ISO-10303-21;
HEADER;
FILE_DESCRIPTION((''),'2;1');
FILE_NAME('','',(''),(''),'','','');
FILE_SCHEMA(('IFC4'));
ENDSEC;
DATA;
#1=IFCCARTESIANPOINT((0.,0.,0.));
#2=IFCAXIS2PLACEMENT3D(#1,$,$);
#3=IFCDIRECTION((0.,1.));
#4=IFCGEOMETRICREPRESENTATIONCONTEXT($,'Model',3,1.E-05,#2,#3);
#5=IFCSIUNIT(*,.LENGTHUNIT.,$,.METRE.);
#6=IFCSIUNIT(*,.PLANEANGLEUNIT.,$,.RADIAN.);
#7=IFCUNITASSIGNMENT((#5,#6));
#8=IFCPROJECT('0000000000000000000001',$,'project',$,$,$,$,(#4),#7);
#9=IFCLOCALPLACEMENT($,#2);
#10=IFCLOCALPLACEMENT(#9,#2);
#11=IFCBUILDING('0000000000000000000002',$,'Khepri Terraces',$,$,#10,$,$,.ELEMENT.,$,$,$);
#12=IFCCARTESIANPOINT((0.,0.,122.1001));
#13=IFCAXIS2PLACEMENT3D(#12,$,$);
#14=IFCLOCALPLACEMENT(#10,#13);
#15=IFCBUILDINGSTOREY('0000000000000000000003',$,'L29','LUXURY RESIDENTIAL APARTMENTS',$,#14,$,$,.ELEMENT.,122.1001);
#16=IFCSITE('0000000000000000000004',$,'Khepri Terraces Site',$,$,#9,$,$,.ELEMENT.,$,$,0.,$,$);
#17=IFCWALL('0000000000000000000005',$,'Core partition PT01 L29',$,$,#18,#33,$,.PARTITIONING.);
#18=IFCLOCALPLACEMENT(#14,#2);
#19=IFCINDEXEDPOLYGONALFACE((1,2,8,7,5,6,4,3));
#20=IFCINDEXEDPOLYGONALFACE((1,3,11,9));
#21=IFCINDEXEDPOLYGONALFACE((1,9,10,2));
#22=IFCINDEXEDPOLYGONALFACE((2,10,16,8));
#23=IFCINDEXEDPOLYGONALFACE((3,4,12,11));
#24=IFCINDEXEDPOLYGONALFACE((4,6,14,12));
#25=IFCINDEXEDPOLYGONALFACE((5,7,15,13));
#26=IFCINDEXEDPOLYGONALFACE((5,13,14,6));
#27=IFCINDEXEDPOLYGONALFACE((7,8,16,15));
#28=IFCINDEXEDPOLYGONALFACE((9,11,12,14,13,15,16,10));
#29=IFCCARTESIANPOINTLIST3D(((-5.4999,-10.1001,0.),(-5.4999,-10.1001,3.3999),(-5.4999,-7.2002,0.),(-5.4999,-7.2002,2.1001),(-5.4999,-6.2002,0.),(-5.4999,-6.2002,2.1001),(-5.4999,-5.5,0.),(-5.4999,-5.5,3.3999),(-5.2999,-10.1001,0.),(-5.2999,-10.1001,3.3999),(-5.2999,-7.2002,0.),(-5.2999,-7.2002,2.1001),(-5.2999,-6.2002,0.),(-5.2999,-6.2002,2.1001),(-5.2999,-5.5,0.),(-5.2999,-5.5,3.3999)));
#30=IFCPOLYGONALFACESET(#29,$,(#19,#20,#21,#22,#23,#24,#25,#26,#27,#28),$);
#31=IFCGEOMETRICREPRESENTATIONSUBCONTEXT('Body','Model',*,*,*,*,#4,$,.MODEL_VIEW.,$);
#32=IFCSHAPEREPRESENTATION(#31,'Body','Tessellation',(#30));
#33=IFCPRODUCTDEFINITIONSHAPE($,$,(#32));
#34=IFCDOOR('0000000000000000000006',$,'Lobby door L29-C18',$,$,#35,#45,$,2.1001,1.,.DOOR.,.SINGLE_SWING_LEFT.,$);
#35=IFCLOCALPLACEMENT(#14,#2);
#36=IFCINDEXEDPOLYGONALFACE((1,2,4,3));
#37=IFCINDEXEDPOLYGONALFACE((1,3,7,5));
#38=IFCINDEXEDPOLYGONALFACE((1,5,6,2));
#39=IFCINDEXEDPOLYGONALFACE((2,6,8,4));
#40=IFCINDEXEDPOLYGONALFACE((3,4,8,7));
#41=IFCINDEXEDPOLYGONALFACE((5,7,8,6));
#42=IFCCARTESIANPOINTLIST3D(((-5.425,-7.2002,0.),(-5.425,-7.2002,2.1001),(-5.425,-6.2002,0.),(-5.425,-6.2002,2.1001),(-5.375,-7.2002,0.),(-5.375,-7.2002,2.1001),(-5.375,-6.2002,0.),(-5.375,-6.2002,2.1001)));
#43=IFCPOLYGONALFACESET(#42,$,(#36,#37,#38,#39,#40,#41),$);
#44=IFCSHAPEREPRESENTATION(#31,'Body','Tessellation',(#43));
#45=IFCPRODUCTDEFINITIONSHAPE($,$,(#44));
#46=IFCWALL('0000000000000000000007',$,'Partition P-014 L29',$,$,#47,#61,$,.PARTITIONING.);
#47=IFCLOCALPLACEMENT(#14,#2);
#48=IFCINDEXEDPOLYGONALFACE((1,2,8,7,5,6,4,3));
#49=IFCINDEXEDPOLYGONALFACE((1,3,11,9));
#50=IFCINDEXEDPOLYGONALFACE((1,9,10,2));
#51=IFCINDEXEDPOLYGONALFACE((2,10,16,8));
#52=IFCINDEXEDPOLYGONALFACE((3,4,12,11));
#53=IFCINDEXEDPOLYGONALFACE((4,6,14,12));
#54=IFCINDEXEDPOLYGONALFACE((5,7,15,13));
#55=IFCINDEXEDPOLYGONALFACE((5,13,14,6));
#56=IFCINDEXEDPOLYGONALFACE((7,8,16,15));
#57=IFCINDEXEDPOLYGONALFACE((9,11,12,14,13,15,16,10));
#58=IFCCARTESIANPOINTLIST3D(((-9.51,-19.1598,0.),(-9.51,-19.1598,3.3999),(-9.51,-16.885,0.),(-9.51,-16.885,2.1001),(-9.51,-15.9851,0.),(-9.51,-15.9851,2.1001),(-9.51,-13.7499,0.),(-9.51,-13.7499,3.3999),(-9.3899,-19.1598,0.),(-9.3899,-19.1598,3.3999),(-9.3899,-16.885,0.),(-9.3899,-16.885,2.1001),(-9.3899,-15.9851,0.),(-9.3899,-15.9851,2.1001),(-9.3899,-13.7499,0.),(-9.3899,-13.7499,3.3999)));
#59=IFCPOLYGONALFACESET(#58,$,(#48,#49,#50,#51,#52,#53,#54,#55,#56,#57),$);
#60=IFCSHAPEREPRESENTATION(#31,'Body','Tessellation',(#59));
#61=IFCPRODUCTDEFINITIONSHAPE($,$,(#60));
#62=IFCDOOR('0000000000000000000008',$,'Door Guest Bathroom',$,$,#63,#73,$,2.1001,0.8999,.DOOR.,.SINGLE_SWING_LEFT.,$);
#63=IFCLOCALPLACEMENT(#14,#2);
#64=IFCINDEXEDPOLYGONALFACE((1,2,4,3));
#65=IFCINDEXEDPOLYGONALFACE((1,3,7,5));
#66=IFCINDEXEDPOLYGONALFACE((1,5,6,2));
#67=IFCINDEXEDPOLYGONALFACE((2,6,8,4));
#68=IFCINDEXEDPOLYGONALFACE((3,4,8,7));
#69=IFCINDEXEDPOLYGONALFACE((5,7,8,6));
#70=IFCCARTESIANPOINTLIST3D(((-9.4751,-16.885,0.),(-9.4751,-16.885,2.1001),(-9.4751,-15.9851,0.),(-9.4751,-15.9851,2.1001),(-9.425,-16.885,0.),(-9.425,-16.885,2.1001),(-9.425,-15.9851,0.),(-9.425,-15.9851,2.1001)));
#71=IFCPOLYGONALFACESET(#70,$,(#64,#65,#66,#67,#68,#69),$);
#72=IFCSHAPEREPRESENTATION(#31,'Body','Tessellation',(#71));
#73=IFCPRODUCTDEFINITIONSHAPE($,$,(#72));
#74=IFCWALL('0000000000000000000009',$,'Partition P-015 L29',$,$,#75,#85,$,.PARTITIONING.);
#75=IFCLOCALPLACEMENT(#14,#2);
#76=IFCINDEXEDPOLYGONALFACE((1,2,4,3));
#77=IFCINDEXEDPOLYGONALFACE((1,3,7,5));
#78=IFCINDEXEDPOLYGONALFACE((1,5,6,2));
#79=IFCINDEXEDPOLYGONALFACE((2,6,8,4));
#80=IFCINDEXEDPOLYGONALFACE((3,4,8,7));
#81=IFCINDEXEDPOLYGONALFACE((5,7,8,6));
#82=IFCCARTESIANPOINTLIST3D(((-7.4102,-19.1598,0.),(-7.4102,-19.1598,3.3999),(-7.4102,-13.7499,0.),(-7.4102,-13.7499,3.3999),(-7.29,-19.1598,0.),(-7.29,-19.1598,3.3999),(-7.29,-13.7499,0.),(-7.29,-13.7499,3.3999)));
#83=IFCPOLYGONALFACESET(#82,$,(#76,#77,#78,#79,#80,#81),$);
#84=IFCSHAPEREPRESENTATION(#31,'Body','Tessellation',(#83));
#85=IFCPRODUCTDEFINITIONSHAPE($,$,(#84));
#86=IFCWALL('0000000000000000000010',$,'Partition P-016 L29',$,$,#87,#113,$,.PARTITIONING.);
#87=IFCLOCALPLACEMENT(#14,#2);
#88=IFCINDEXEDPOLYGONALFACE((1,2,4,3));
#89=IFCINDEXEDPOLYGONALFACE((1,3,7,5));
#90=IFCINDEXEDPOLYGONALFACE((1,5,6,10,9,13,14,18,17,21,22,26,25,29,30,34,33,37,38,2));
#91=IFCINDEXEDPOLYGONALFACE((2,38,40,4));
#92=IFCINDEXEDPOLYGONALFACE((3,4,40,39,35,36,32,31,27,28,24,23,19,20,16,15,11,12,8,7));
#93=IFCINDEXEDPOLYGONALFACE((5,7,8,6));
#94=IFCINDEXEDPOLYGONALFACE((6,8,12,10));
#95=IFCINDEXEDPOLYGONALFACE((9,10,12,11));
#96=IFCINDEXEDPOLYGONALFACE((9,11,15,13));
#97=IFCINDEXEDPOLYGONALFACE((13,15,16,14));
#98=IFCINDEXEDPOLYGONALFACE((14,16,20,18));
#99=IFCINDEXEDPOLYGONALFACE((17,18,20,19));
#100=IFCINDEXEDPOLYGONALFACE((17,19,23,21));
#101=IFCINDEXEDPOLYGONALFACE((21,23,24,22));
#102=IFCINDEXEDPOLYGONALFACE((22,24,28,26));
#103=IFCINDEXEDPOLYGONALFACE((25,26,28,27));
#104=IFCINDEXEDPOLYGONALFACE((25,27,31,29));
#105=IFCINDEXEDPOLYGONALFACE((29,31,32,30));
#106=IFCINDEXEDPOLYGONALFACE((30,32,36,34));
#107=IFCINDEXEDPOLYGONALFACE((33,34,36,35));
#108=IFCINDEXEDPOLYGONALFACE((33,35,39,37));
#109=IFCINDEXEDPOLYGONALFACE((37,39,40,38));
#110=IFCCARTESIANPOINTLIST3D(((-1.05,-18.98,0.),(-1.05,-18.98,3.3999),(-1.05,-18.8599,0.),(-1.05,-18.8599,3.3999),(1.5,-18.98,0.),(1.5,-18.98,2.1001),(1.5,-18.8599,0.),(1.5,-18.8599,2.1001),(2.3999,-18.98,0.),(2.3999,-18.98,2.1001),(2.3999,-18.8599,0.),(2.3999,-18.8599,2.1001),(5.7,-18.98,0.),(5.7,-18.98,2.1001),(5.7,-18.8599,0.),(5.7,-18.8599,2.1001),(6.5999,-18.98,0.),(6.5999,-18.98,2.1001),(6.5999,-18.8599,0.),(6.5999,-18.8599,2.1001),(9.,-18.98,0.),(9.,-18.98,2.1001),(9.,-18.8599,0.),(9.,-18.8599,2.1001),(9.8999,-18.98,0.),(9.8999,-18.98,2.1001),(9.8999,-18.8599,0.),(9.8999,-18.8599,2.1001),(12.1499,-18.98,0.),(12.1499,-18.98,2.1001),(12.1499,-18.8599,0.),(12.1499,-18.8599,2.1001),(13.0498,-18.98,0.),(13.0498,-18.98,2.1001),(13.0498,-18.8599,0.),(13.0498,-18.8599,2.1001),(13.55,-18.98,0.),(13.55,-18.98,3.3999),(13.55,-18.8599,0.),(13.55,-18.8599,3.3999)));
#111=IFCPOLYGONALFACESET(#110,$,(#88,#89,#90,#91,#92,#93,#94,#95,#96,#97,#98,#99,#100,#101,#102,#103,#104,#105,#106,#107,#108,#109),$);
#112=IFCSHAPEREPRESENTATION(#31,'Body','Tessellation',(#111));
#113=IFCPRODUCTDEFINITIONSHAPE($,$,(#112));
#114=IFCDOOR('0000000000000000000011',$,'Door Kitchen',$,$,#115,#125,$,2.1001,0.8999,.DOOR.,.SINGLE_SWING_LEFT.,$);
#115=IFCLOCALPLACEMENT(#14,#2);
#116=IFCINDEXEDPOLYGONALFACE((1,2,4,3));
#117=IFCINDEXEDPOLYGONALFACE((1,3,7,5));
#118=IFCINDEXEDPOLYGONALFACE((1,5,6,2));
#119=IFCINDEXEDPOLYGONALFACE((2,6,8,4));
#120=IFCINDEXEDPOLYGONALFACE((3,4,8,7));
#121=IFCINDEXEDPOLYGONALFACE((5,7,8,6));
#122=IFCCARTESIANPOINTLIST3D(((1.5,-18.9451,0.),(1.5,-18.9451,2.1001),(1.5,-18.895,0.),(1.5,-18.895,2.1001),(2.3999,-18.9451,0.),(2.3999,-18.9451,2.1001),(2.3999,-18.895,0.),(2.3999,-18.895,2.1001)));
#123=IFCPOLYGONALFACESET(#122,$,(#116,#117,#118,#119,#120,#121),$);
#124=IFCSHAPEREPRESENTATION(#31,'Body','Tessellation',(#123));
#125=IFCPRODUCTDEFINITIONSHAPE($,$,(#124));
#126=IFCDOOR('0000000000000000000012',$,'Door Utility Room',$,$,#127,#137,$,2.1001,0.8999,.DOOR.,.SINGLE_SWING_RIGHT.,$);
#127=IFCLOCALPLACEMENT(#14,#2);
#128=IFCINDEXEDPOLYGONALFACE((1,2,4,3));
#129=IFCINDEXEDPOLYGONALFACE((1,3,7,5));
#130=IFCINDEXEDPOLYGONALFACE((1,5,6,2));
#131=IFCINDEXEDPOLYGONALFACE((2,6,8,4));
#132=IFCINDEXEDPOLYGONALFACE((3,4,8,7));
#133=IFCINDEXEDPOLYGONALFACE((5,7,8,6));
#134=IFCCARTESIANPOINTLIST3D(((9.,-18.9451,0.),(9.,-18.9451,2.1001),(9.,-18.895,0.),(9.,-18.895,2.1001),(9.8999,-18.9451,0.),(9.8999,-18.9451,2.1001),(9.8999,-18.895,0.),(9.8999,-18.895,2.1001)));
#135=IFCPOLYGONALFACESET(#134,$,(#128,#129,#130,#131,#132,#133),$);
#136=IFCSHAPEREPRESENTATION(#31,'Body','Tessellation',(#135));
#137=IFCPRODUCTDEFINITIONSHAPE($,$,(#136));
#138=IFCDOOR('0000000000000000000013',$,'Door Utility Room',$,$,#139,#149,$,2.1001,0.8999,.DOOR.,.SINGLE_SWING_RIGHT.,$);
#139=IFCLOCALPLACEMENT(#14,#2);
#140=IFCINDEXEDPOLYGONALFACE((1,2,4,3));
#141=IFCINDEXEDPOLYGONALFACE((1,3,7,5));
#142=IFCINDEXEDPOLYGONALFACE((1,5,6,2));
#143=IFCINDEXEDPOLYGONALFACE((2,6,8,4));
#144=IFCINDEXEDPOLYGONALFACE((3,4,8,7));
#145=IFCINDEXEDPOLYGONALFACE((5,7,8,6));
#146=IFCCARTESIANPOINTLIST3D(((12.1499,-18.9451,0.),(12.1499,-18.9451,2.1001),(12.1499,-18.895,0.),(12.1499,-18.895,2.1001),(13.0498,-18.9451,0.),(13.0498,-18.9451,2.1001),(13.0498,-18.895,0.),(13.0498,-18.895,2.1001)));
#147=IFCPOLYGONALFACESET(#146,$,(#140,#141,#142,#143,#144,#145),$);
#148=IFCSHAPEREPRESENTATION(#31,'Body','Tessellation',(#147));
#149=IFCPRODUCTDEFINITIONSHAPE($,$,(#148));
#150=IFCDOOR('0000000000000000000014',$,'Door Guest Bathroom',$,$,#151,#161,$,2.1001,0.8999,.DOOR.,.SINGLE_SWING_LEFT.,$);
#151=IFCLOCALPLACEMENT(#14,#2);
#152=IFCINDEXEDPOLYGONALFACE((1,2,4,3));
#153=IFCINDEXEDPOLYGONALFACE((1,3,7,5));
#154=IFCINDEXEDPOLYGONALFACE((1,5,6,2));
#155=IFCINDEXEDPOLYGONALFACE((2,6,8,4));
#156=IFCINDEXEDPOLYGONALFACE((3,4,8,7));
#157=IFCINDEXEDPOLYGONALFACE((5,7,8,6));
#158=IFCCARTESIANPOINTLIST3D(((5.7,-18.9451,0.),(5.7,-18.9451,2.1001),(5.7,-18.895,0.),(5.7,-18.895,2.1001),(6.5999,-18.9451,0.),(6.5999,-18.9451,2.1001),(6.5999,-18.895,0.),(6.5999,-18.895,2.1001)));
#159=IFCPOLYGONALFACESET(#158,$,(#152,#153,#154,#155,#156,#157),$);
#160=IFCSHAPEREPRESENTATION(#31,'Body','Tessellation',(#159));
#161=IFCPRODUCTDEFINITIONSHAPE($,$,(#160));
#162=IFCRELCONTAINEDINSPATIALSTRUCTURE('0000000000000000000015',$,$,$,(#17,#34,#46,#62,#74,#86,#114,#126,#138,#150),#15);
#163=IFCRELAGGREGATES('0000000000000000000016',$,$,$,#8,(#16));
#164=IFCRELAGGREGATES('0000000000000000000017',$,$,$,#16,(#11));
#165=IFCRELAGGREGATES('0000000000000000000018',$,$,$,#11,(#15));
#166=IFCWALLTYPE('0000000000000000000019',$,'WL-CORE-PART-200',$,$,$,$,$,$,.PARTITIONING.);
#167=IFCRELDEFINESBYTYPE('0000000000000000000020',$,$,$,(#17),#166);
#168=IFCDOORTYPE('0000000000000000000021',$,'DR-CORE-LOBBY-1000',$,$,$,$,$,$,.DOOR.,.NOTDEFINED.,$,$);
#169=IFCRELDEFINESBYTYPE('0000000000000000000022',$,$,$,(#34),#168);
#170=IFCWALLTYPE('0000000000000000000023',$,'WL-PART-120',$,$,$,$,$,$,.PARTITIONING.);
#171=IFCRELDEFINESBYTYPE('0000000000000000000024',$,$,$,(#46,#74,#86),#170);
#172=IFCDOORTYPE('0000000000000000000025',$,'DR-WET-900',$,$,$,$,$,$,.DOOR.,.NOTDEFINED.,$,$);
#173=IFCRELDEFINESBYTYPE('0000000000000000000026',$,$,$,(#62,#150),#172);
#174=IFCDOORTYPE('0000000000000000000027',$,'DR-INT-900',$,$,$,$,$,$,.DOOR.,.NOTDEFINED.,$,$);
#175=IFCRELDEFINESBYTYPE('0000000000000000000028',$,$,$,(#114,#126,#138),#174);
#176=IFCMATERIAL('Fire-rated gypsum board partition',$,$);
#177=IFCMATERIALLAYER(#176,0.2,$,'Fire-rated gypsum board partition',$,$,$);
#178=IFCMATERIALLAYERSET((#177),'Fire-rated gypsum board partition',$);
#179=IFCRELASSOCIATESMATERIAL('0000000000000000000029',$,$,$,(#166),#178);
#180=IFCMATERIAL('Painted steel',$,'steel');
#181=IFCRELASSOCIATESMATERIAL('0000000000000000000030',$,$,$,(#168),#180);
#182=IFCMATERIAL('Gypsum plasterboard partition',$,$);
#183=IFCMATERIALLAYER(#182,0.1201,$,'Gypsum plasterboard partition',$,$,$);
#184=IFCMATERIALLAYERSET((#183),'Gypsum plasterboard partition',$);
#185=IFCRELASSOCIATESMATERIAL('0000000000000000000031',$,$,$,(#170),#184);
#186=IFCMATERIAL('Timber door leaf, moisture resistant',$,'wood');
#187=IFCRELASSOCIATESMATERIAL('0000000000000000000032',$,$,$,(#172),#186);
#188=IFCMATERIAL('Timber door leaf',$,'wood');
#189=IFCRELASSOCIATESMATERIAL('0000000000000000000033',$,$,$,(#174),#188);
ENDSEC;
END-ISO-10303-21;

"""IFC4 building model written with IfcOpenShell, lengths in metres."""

from ifc_helpers import new_model, si_unit, direction, frame, frame_2d, origin, place, context, subcontext, project, spatial, rectangle, extrude, material, layer, layer_set, type_object, element, fill, save


model = new_model("IFC4")

# Units and contexts
model_context = context("Model", 3, precision=1e-05, world=origin(), true_north=direction((0.0, 1.0)))
body_context = subcontext(model_context, "Body", "Model", "MODEL_VIEW")
ifc_project = project(units=[si_unit("LENGTHUNIT", "METRE"), si_unit("PLANEANGLEUNIT", "RADIAN")], contexts=[model_context])

# Site, building, storey
site_placement = place(None, origin())
site = spatial("IfcSite", under=ifc_project, at=site_placement, Name="Khepri Terraces Site", CompositionType="ELEMENT", RefElevation=0.0)
building_placement = place(site_placement, origin())
building = spatial("IfcBuilding", under=site, at=building_placement, Name="Khepri Terraces", CompositionType="ELEMENT")
storey_placement = place(building_placement, frame((0.0, 0.0, 122.1001)))
storey = spatial("IfcBuildingStorey", under=building, at=storey_placement, Name="L29", Description="LUXURY RESIDENTIAL APARTMENTS", CompositionType="ELEMENT", Elevation=122.1001)

# Walls, openings, doors
ifc_material_1 = material(Name="Fire-rated gypsum board partition")
ifc_layer_1 = layer(ifc_material_1, 0.2, Name="Fire-rated gypsum board partition")
ifc_layer_set_1 = layer_set([ifc_layer_1], Name="Fire-rated gypsum board partition")
wall_type_1 = type_object("IfcWallType", Name="WL-CORE-PART-200", PredefinedType="PARTITIONING", material=ifc_layer_set_1)
wall_1_placement = place(storey_placement, frame((-5.3999, -10.1001, 0.0), z_axis=(0.0, 0.0, 1.0), x_axis=(0.0, 1.0, 0.0)))
wall_1 = element("IfcWall", 1, at=wall_1_placement, inside=storey, type_object=wall_type_1, Name="Core partition PT01 L29", PredefinedType="PARTITIONING", context=body_context, shape_type="SweptSolid", body=[
    extrude(rectangle(XDim=4.6001, YDim=0.2, at=frame_2d((2.3, 0.0))), origin(), (0.0, 0.0, 1.0), 3.3999),
])
opening_1_placement = place(wall_1_placement, frame((2.8999, 0.0, 0.0)))
opening_1 = element("IfcOpeningElement", 2, at=opening_1_placement, cuts=wall_1, PredefinedType="OPENING", context=body_context, shape_type="SweptSolid", body=[
    extrude(rectangle(XDim=1.0, YDim=2.1001, at=frame_2d((0.5, 1.05))), frame((0.0, 0.1099, 0.0), z_axis=(0.0, -1.0, 0.0), x_axis=(1.0, 0.0, 0.0)), (0.0, 0.0, 1.0), 0.22),
])
ifc_material_2 = material(Name="Painted steel", Category="steel")
door_type_1 = type_object("IfcDoorType", Name="DR-CORE-LOBBY-1000", OperationType="NOTDEFINED", PredefinedType="DOOR", material=ifc_material_2)
door_1_placement = place(opening_1_placement, frame((1.0, 0.0, 0.0), z_axis=(0.0, 0.0, 1.0), x_axis=(-1.0, 0.0, 0.0)))
door_1 = element("IfcDoor", 3, at=door_1_placement, inside=storey, type_object=door_type_1, Name="Lobby door L29-C18", OperationType="SINGLE_SWING_LEFT", OverallHeight=2.1001, OverallWidth=1.0, PredefinedType="DOOR", context=body_context, shape_type="SweptSolid", body=[
    extrude(rectangle(XDim=1.0, YDim=2.1001, at=frame_2d((0.5, 1.05))), frame((0.0, 0.0249, 0.0), z_axis=(0.0, -1.0, 0.0), x_axis=(1.0, 0.0, 0.0)), (0.0, 0.0, 1.0), 0.05),
])
fill(opening_1, door_1)
ifc_material_3 = material(Name="Gypsum plasterboard partition")
ifc_layer_2 = layer(ifc_material_3, 0.1201, Name="Gypsum plasterboard partition")
ifc_layer_set_2 = layer_set([ifc_layer_2], Name="Gypsum plasterboard partition")
wall_type_2 = type_object("IfcWallType", Name="WL-PART-120", PredefinedType="PARTITIONING", material=ifc_layer_set_2)
wall_2_placement = place(storey_placement, frame((-9.45, -19.1599, 0.0), z_axis=(0.0, 0.0, 1.0), x_axis=(0.0, 1.0, 0.0)))
wall_2 = element("IfcWall", 4, at=wall_2_placement, inside=storey, type_object=wall_type_2, Name="Partition P-014 L29", PredefinedType="PARTITIONING", context=body_context, shape_type="SweptSolid", body=[
    extrude(rectangle(XDim=5.4099, YDim=0.1201, at=frame_2d((2.7051, 0.0))), origin(), (0.0, 0.0, 1.0), 3.3999),
])
opening_2_placement = place(wall_2_placement, frame((2.2749, 0.0, 0.0)))
opening_2 = element("IfcOpeningElement", 5, at=opening_2_placement, cuts=wall_2, PredefinedType="OPENING", context=body_context, shape_type="SweptSolid", body=[
    extrude(rectangle(XDim=0.8999, YDim=2.1001, at=frame_2d((0.45, 1.05))), frame((0.0, 0.0701, 0.0), z_axis=(0.0, -1.0, 0.0), x_axis=(1.0, 0.0, 0.0)), (0.0, 0.0, 1.0), 0.1401),
])
ifc_material_4 = material(Name="Timber door leaf, moisture resistant", Category="wood")
door_type_2 = type_object("IfcDoorType", Name="DR-WET-900", OperationType="NOTDEFINED", PredefinedType="DOOR", material=ifc_material_4)
door_2_placement = place(opening_2_placement, frame((0.8999, 0.0, 0.0), z_axis=(0.0, 0.0, 1.0), x_axis=(-1.0, 0.0, 0.0)))
door_2 = element("IfcDoor", 6, at=door_2_placement, inside=storey, type_object=door_type_2, Name="Door Guest Bathroom", OperationType="SINGLE_SWING_LEFT", OverallHeight=2.1001, OverallWidth=0.8999, PredefinedType="DOOR", context=body_context, shape_type="SweptSolid", body=[
    extrude(rectangle(XDim=0.8999, YDim=2.1001, at=frame_2d((0.45, 1.05))), frame((0.0, 0.0249, 0.0), z_axis=(0.0, -1.0, 0.0), x_axis=(1.0, 0.0, 0.0)), (0.0, 0.0, 1.0), 0.05),
])
fill(opening_2, door_2)

# Wall
wall_3_placement = place(storey_placement, frame((-7.3501, -19.1599, 0.0), z_axis=(0.0, 0.0, 1.0), x_axis=(0.0, 1.0, 0.0)))
element("IfcWall", 7, at=wall_3_placement, inside=storey, type_object=wall_type_2, Name="Partition P-015 L29", PredefinedType="PARTITIONING", context=body_context, shape_type="SweptSolid", body=[
    extrude(rectangle(XDim=5.4099, YDim=0.1201, at=frame_2d((2.7051, 0.0))), origin(), (0.0, 0.0, 1.0), 3.3999),
])

# Wall, openings, doors
wall_4_placement = place(storey_placement, frame((-1.05, -18.9199, 0.0), z_axis=(0.0, 0.0, 1.0), x_axis=(1.0, 0.0, 0.0)))
wall_4 = element("IfcWall", 8, at=wall_4_placement, inside=storey, type_object=wall_type_2, Name="Partition P-016 L29", PredefinedType="PARTITIONING", context=body_context, shape_type="SweptSolid", body=[
    extrude(rectangle(XDim=14.6001, YDim=0.1201, at=frame_2d((7.3, 0.0))), origin(), (0.0, 0.0, 1.0), 3.3999),
])
opening_3_placement = place(wall_4_placement, frame((2.55, 0.0, 0.0)))
opening_3 = element("IfcOpeningElement", 9, at=opening_3_placement, cuts=wall_4, PredefinedType="OPENING", context=body_context, shape_type="SweptSolid", body=[
    extrude(rectangle(XDim=0.8999, YDim=2.1001, at=frame_2d((0.45, 1.05))), frame((0.0, 0.0701, 0.0), z_axis=(0.0, -1.0, 0.0), x_axis=(1.0, 0.0, 0.0)), (0.0, 0.0, 1.0), 0.1401),
])
opening_4_placement = place(wall_4_placement, frame((6.75, 0.0, 0.0)))
opening_4 = element("IfcOpeningElement", 10, at=opening_4_placement, cuts=wall_4, PredefinedType="OPENING", context=body_context, shape_type="SweptSolid", body=[
    extrude(rectangle(XDim=0.8999, YDim=2.1001, at=frame_2d((0.45, 1.05))), frame((0.0, 0.0701, 0.0), z_axis=(0.0, -1.0, 0.0), x_axis=(1.0, 0.0, 0.0)), (0.0, 0.0, 1.0), 0.1401),
])
opening_5_placement = place(wall_4_placement, frame((10.05, 0.0, 0.0)))
opening_5 = element("IfcOpeningElement", 11, at=opening_5_placement, cuts=wall_4, PredefinedType="OPENING", context=body_context, shape_type="SweptSolid", body=[
    extrude(rectangle(XDim=0.8999, YDim=2.1001, at=frame_2d((0.45, 1.05))), frame((0.0, 0.0701, 0.0), z_axis=(0.0, -1.0, 0.0), x_axis=(1.0, 0.0, 0.0)), (0.0, 0.0, 1.0), 0.1401),
])
opening_6_placement = place(wall_4_placement, frame((13.2, 0.0, 0.0)))
opening_6 = element("IfcOpeningElement", 12, at=opening_6_placement, cuts=wall_4, PredefinedType="OPENING", context=body_context, shape_type="SweptSolid", body=[
    extrude(rectangle(XDim=0.8999, YDim=2.1001, at=frame_2d((0.45, 1.05))), frame((0.0, 0.0701, 0.0), z_axis=(0.0, -1.0, 0.0), x_axis=(1.0, 0.0, 0.0)), (0.0, 0.0, 1.0), 0.1401),
])
ifc_material_5 = material(Name="Timber door leaf", Category="wood")
door_type_3 = type_object("IfcDoorType", Name="DR-INT-900", OperationType="NOTDEFINED", PredefinedType="DOOR", material=ifc_material_5)
door_3_placement = place(opening_3_placement, origin())
door_3 = element("IfcDoor", 13, at=door_3_placement, inside=storey, type_object=door_type_3, Name="Door Kitchen", OperationType="SINGLE_SWING_LEFT", OverallHeight=2.1001, OverallWidth=0.8999, PredefinedType="DOOR", context=body_context, shape_type="SweptSolid", body=[
    extrude(rectangle(XDim=0.8999, YDim=2.1001, at=frame_2d((0.45, 1.05))), frame((0.0, 0.0249, 0.0), z_axis=(0.0, -1.0, 0.0), x_axis=(1.0, 0.0, 0.0)), (0.0, 0.0, 1.0), 0.05),
])
fill(opening_3, door_3)
door_4_placement = place(opening_5_placement, origin())
door_4 = element("IfcDoor", 14, at=door_4_placement, inside=storey, type_object=door_type_3, Name="Door Utility Room", OperationType="SINGLE_SWING_RIGHT", OverallHeight=2.1001, OverallWidth=0.8999, PredefinedType="DOOR", context=body_context, shape_type="SweptSolid", body=[
    extrude(rectangle(XDim=0.8999, YDim=2.1001, at=frame_2d((0.45, 1.05))), frame((0.0, 0.0249, 0.0), z_axis=(0.0, -1.0, 0.0), x_axis=(1.0, 0.0, 0.0)), (0.0, 0.0, 1.0), 0.05),
])
fill(opening_5, door_4)
door_5_placement = place(opening_6_placement, origin())
door_5 = element("IfcDoor", 15, at=door_5_placement, inside=storey, type_object=door_type_3, Name="Door Utility Room", OperationType="SINGLE_SWING_RIGHT", OverallHeight=2.1001, OverallWidth=0.8999, PredefinedType="DOOR", context=body_context, shape_type="SweptSolid", body=[
    extrude(rectangle(XDim=0.8999, YDim=2.1001, at=frame_2d((0.45, 1.05))), frame((0.0, 0.0249, 0.0), z_axis=(0.0, -1.0, 0.0), x_axis=(1.0, 0.0, 0.0)), (0.0, 0.0, 1.0), 0.05),
])
fill(opening_6, door_5)
door_6_placement = place(opening_4_placement, origin())
door_6 = element("IfcDoor", 16, at=door_6_placement, inside=storey, type_object=door_type_2, Name="Door Guest Bathroom", OperationType="SINGLE_SWING_LEFT", OverallHeight=2.1001, OverallWidth=0.8999, PredefinedType="DOOR", context=body_context, shape_type="SweptSolid", body=[
    extrude(rectangle(XDim=0.8999, YDim=2.1001, at=frame_2d((0.45, 1.05))), frame((0.0, 0.0249, 0.0), z_axis=(0.0, -1.0, 0.0), x_axis=(1.0, 0.0, 0.0)), (0.0, 0.0, 1.0), 0.05),
])
fill(opening_4, door_6)

save(model, "model.ifc")
